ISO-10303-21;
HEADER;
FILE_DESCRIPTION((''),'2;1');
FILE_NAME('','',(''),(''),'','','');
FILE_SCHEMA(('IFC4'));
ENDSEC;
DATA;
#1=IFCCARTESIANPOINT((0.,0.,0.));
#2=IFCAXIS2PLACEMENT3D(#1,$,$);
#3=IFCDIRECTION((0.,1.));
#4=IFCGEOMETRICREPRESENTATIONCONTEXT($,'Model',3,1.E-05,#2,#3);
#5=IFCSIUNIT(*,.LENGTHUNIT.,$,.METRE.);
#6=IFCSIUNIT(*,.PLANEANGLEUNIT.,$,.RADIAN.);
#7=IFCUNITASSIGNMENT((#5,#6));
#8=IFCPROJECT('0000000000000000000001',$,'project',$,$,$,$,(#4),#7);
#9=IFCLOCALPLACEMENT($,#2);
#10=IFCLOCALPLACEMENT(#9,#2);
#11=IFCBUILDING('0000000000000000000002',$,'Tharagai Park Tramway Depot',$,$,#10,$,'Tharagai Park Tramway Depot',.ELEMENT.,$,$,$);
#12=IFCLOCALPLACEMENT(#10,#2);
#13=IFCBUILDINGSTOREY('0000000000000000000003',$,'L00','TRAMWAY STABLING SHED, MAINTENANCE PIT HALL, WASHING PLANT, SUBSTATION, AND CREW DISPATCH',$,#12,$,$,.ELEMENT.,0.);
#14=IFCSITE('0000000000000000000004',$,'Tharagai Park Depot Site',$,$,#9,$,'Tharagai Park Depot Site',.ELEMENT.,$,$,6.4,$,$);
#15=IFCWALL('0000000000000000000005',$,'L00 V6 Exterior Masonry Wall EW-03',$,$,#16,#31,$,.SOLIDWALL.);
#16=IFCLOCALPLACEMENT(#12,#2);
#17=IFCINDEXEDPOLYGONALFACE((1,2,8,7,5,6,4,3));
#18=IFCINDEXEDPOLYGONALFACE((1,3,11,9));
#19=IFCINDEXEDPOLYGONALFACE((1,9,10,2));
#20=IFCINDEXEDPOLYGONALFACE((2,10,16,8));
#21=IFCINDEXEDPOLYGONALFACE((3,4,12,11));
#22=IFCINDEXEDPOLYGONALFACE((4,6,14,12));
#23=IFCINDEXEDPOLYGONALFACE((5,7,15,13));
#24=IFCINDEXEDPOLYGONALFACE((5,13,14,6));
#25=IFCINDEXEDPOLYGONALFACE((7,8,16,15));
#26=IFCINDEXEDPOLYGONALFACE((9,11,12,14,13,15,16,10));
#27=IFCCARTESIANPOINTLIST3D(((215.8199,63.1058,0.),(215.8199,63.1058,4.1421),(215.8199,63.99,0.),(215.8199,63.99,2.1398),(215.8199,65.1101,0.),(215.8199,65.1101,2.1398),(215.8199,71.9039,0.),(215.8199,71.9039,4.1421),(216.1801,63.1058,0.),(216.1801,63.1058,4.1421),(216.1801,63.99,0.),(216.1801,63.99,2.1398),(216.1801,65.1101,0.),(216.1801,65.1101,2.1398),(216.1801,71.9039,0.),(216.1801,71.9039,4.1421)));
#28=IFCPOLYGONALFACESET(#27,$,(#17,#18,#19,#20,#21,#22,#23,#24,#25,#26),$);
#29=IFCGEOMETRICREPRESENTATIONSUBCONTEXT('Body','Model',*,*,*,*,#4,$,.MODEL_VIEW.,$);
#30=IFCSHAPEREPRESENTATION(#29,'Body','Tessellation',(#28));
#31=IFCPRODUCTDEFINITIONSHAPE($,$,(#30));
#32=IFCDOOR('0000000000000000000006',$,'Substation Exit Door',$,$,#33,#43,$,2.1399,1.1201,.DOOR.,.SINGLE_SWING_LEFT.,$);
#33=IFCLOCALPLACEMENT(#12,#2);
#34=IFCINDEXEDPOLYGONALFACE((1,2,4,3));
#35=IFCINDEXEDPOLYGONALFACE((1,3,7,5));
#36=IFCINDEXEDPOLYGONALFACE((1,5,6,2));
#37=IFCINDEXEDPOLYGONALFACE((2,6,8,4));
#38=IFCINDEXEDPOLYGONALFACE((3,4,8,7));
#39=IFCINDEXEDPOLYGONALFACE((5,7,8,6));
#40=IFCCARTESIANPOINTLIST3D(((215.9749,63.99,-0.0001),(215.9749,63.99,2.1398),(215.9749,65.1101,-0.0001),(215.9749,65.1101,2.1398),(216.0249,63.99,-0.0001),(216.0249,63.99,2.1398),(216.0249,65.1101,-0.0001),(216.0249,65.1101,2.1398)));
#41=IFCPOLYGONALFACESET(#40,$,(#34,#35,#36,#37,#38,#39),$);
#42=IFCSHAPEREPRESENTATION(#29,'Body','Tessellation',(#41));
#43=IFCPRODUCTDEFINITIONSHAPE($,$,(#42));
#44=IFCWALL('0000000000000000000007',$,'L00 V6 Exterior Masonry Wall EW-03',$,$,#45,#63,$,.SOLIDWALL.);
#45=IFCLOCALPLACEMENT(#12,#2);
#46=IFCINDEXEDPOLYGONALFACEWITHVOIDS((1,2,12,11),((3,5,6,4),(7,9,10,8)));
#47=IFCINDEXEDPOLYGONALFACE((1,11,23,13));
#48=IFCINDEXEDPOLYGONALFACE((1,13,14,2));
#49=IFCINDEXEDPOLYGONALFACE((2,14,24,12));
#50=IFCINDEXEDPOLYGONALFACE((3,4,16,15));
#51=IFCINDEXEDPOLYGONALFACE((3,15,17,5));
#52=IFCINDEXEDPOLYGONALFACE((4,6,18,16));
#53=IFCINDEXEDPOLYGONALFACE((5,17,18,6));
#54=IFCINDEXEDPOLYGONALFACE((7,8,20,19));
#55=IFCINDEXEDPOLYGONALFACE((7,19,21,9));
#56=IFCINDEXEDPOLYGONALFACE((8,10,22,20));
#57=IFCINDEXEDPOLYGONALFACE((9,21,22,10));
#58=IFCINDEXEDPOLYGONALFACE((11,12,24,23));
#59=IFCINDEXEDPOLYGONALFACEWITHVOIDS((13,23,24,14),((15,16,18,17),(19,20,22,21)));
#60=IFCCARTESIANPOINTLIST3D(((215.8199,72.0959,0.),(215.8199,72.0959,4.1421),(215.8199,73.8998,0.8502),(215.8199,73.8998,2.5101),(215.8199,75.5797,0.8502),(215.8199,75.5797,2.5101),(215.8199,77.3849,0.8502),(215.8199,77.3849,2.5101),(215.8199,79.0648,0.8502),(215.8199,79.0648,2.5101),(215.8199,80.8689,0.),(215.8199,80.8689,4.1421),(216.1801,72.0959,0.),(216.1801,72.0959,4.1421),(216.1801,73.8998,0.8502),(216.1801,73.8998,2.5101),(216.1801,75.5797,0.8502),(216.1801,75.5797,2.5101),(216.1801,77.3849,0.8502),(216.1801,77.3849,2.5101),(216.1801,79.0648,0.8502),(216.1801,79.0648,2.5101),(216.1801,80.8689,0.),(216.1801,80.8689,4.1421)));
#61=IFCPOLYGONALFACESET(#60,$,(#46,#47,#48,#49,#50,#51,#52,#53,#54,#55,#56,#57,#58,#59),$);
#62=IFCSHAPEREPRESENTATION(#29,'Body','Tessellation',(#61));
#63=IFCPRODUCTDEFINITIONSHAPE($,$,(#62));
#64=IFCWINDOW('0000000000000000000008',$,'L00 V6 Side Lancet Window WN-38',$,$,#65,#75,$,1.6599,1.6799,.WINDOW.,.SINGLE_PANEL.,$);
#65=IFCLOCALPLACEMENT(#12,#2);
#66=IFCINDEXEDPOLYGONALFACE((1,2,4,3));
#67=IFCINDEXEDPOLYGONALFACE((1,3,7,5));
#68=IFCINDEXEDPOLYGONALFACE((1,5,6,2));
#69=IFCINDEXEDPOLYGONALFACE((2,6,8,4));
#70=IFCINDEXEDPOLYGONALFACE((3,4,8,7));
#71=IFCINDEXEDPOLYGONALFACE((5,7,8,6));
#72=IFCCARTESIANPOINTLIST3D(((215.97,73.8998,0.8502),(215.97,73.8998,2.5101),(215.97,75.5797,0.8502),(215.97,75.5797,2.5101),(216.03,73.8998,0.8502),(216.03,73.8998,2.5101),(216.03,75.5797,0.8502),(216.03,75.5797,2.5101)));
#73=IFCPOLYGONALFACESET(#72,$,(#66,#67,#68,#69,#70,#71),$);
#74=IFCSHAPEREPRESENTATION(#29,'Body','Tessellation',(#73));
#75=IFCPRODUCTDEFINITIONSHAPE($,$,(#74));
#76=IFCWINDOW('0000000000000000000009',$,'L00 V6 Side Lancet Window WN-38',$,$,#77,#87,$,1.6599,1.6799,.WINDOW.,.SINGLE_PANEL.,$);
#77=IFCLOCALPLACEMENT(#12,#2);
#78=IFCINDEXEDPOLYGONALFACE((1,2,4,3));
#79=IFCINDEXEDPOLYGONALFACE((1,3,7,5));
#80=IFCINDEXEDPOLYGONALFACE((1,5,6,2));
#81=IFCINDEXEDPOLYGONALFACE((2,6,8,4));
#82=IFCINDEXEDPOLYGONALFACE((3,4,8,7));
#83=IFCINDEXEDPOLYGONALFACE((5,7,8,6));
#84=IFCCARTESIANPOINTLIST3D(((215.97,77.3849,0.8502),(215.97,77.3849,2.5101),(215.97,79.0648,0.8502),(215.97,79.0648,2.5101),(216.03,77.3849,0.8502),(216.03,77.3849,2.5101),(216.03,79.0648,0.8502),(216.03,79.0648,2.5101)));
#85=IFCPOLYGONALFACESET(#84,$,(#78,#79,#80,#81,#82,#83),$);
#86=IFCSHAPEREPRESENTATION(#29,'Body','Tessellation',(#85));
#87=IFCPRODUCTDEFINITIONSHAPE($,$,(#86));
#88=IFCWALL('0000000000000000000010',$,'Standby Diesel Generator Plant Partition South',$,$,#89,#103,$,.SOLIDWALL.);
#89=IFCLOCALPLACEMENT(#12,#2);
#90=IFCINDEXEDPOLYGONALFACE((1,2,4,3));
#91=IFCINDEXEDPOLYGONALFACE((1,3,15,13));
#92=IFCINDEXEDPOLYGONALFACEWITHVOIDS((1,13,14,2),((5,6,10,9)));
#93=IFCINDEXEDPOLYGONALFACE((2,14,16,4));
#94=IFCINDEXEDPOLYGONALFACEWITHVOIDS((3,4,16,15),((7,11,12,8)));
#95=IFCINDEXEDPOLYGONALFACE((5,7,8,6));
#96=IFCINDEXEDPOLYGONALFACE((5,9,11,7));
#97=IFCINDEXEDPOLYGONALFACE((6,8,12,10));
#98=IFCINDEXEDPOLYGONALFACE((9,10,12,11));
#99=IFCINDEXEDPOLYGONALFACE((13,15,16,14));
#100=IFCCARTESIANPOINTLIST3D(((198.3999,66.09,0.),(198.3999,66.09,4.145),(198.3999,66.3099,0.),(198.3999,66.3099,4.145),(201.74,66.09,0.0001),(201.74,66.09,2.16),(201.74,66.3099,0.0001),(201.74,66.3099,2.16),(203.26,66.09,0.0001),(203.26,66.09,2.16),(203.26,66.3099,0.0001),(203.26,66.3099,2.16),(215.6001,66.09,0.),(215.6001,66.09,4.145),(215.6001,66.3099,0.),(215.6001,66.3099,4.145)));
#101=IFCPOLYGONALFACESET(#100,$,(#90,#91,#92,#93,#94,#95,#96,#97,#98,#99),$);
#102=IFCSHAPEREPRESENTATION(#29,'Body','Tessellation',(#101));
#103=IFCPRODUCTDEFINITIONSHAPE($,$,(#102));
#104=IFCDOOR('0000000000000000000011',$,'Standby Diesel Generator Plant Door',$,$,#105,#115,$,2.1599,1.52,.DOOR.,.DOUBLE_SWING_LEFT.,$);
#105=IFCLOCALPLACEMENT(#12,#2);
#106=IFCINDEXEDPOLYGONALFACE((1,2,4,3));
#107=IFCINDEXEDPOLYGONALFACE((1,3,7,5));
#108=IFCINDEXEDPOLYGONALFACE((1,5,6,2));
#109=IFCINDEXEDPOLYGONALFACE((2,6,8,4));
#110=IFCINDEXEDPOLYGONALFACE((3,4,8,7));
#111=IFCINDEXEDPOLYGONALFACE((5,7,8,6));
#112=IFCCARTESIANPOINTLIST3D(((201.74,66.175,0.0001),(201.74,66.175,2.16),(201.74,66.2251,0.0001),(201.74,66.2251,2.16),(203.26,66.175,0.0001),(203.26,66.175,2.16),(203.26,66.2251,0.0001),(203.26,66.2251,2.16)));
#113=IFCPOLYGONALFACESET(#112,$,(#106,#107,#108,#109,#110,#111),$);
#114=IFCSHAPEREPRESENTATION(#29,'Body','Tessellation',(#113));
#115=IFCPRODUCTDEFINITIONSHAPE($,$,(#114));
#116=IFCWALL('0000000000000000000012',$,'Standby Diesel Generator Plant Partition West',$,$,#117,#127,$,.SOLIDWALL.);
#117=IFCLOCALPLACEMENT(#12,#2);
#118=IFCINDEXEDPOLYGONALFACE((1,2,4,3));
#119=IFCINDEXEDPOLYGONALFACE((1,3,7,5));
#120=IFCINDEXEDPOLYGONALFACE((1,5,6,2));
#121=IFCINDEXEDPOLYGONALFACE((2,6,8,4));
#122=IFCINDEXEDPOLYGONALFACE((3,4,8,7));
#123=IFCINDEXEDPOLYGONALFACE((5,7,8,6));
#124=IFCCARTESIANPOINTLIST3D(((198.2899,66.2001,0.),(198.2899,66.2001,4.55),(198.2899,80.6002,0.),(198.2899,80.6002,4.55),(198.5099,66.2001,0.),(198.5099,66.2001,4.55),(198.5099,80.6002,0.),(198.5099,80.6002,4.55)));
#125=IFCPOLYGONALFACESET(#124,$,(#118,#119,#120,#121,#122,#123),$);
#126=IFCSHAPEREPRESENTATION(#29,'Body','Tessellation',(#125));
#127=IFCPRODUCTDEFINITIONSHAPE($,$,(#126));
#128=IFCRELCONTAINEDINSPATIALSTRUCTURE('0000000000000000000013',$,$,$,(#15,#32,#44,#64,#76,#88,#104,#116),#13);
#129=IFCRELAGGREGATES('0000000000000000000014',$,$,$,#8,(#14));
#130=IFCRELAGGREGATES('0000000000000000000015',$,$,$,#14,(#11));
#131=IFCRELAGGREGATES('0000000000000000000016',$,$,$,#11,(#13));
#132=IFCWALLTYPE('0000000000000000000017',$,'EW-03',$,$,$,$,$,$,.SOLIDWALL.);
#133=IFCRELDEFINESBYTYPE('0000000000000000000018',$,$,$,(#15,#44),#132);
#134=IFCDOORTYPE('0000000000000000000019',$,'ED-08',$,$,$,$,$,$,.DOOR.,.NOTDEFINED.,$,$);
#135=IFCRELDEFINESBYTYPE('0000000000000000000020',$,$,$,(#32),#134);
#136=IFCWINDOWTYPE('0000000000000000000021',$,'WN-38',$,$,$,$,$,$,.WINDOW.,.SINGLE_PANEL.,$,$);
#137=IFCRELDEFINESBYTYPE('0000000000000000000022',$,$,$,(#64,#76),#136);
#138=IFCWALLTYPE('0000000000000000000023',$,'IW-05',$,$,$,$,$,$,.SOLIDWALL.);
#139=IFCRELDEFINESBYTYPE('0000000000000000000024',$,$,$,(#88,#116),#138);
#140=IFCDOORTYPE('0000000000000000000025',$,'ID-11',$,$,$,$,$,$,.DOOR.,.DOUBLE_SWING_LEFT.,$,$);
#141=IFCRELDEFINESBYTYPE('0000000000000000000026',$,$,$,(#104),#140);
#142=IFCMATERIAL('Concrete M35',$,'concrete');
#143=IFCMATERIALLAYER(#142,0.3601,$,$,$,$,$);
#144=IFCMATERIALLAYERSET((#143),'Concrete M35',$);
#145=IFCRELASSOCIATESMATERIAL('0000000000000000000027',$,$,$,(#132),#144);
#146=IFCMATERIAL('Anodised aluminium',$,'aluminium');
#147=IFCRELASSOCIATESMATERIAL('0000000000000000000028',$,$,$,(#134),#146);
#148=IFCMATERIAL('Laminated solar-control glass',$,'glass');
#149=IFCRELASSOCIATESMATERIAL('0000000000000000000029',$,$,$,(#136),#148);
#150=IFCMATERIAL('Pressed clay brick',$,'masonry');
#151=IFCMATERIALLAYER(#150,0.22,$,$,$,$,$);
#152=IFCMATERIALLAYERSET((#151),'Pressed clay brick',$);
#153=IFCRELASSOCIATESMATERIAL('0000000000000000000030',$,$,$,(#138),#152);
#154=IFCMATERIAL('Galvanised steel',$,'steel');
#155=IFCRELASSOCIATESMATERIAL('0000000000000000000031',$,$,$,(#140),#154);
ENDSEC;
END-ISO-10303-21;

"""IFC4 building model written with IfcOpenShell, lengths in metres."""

from ifc_helpers import new_model, si_unit, direction, frame, frame_2d, origin, place, context, subcontext, project, spatial, rectangle, extrude, material, layer, layer_set, type_object, element, fill, save


model = new_model("IFC4")

# Units and contexts
model_context = context("Model", 3, precision=1e-05, world=origin(), true_north=direction((0.0, 1.0)))
body_context = subcontext(model_context, "Body", "Model", "MODEL_VIEW")
ifc_project = project(units=[si_unit("LENGTHUNIT", "METRE"), si_unit("PLANEANGLEUNIT", "RADIAN")], contexts=[model_context])

# Site, building, storey
site_placement = place(None, origin())
site = spatial("IfcSite", under=ifc_project, at=site_placement, Name="Tharagai Park Depot Site", LongName="Tharagai Park Depot Site", CompositionType="ELEMENT", RefElevation=6.4)
building_placement = place(site_placement, origin())
building = spatial("IfcBuilding", under=site, at=building_placement, Name="Tharagai Park Tramway Depot", LongName="Tharagai Park Tramway Depot", CompositionType="ELEMENT")
storey_placement = place(building_placement, origin())
storey = spatial("IfcBuildingStorey", under=building, at=storey_placement, Name="L00", Description="TRAMWAY STABLING SHED, MAINTENANCE PIT HALL, WASHING PLANT, SUBSTATION, AND CREW DISPATCH", CompositionType="ELEMENT", Elevation=0.0)

# Wall, opening, door
ifc_material_1 = material(Name="Concrete M35", Category="concrete")
ifc_layer_1 = layer(ifc_material_1, 0.3601)
ifc_layer_set_1 = layer_set([ifc_layer_1], Name="Concrete M35")
wall_type_1 = type_object("IfcWallType", Name="EW-03", PredefinedType="SOLIDWALL", material=ifc_layer_set_1)
wall_1_placement = place(storey_placement, frame((216.0, 63.106, 0.0), z_axis=(0.0, 0.0, 1.0), x_axis=(0.0, 1.0, 0.0)))
wall_1 = element("IfcWall", 1, at=wall_1_placement, inside=storey, type_object=wall_type_1, Name="L00 V6 Exterior Masonry Wall EW-03", PredefinedType="SOLIDWALL", context=body_context, shape_type="SweptSolid", body=[
    extrude(rectangle(XDim=8.7981, YDim=0.3601, at=frame_2d((4.3989, 0.0))), origin(), (0.0, 0.0, 1.0), 4.1421),
])
opening_1_placement = place(wall_1_placement, frame((0.884, 0.0, 0.0)))
opening_1 = element("IfcOpeningElement", 2, at=opening_1_placement, cuts=wall_1, PredefinedType="OPENING", context=body_context, shape_type="SweptSolid", body=[
    extrude(rectangle(XDim=1.1201, YDim=2.1399, at=frame_2d((0.5601, 1.0698))), frame((0.0, 0.1899, 0.0), z_axis=(0.0, -1.0, 0.0), x_axis=(1.0, 0.0, 0.0)), (0.0, 0.0, 1.0), 0.3801),
])
ifc_material_2 = material(Name="Anodised aluminium", Category="aluminium")
door_type_1 = type_object("IfcDoorType", Name="ED-08", OperationType="NOTDEFINED", PredefinedType="DOOR", material=ifc_material_2)
door_1_placement = place(opening_1_placement, frame((1.1201, 0.0, 0.0), z_axis=(0.0, 0.0, 1.0), x_axis=(-1.0, 0.0, 0.0)))
door_1 = element("IfcDoor", 3, at=door_1_placement, inside=storey, type_object=door_type_1, Name="Substation Exit Door", OperationType="SINGLE_SWING_LEFT", OverallHeight=2.1399, OverallWidth=1.1201, PredefinedType="DOOR", context=body_context, shape_type="SweptSolid", body=[
    extrude(rectangle(XDim=1.1201, YDim=2.1399, at=frame_2d((0.5601, 1.0698))), frame((0.0, 0.0249, 0.0), z_axis=(0.0, -1.0, 0.0), x_axis=(1.0, 0.0, 0.0)), (0.0, 0.0, 1.0), 0.05),
])
fill(opening_1, door_1)

# Wall, openings, windows
wall_2_placement = place(storey_placement, frame((216.0, 72.0959, 0.0), z_axis=(0.0, 0.0, 1.0), x_axis=(0.0, 1.0, 0.0)))
wall_2 = element("IfcWall", 4, at=wall_2_placement, inside=storey, type_object=wall_type_1, Name="L00 V6 Exterior Masonry Wall EW-03", PredefinedType="SOLIDWALL", context=body_context, shape_type="SweptSolid", body=[
    extrude(rectangle(XDim=8.7729, YDim=0.3601, at=frame_2d((4.3865, 0.0))), origin(), (0.0, 0.0, 1.0), 4.1421),
])
opening_2_placement = place(wall_2_placement, frame((1.804, 0.0, 0.8501)))
opening_2 = element("IfcOpeningElement", 5, at=opening_2_placement, cuts=wall_2, PredefinedType="OPENING", context=body_context, shape_type="SweptSolid", body=[
    extrude(rectangle(XDim=1.6799, YDim=1.6599, at=frame_2d((0.8398, 0.8301))), frame((0.0, 0.1899, 0.0), z_axis=(0.0, -1.0, 0.0), x_axis=(1.0, 0.0, 0.0)), (0.0, 0.0, 1.0), 0.3801),
])
opening_3_placement = place(wall_2_placement, frame((5.2891, 0.0, 0.8501)))
opening_3 = element("IfcOpeningElement", 6, at=opening_3_placement, cuts=wall_2, PredefinedType="OPENING", context=body_context, shape_type="SweptSolid", body=[
    extrude(rectangle(XDim=1.6799, YDim=1.6599, at=frame_2d((0.8398, 0.8301))), frame((0.0, 0.1899, 0.0), z_axis=(0.0, -1.0, 0.0), x_axis=(1.0, 0.0, 0.0)), (0.0, 0.0, 1.0), 0.3801),
])
ifc_material_3 = material(Name="Laminated solar-control glass", Category="glass")
window_type = type_object("IfcWindowType", Name="WN-38", PartitioningType="SINGLE_PANEL", PredefinedType="WINDOW", material=ifc_material_3)
window_1_placement = place(opening_2_placement, origin())
window_1 = element("IfcWindow", 7, at=window_1_placement, inside=storey, type_object=window_type, Name="L00 V6 Side Lancet Window WN-38", OverallHeight=1.6599, OverallWidth=1.6799, PartitioningType="SINGLE_PANEL", PredefinedType="WINDOW", context=body_context, shape_type="SweptSolid", body=[
    extrude(rectangle(XDim=1.6799, YDim=1.6599, at=frame_2d((0.8398, 0.8301))), frame((0.0, 0.03, 0.0), z_axis=(0.0, -1.0, 0.0), x_axis=(1.0, 0.0, 0.0)), (0.0, 0.0, 1.0), 0.0601),
])
fill(opening_2, window_1)
window_2_placement = place(opening_3_placement, origin())
window_2 = element("IfcWindow", 8, at=window_2_placement, inside=storey, type_object=window_type, Name="L00 V6 Side Lancet Window WN-38", OverallHeight=1.6599, OverallWidth=1.6799, PartitioningType="SINGLE_PANEL", PredefinedType="WINDOW", context=body_context, shape_type="SweptSolid", body=[
    extrude(rectangle(XDim=1.6799, YDim=1.6599, at=frame_2d((0.8398, 0.8301))), frame((0.0, 0.03, 0.0), z_axis=(0.0, -1.0, 0.0), x_axis=(1.0, 0.0, 0.0)), (0.0, 0.0, 1.0), 0.0601),
])
fill(opening_3, window_2)

# Wall, opening, door
ifc_material_4 = material(Name="Pressed clay brick", Category="masonry")
ifc_layer_2 = layer(ifc_material_4, 0.22)
ifc_layer_set_2 = layer_set([ifc_layer_2], Name="Pressed clay brick")
wall_type_2 = type_object("IfcWallType", Name="IW-05", PredefinedType="SOLIDWALL", material=ifc_layer_set_2)
wall_3_placement = place(storey_placement, frame((198.3999, 66.2, 0.0), z_axis=(0.0, 0.0, 1.0), x_axis=(1.0, 0.0, 0.0)))
wall_3 = element("IfcWall", 9, at=wall_3_placement, inside=storey, type_object=wall_type_2, Name="Standby Diesel Generator Plant Partition South", PredefinedType="SOLIDWALL", context=body_context, shape_type="SweptSolid", body=[
    extrude(rectangle(XDim=17.2002, YDim=0.22, at=frame_2d((8.6001, 0.0))), origin(), (0.0, 0.0, 1.0), 4.145),
])
opening_4_placement = place(wall_3_placement, frame((3.3401, 0.0, 0.0)))
opening_4 = element("IfcOpeningElement", 10, at=opening_4_placement, cuts=wall_3, PredefinedType="OPENING", context=body_context, shape_type="SweptSolid", body=[
    extrude(rectangle(XDim=1.52, YDim=2.1599, at=frame_2d((0.76, 1.0801))), frame((0.0, 0.1199, 0.0), z_axis=(0.0, -1.0, 0.0), x_axis=(1.0, 0.0, 0.0)), (0.0, 0.0, 1.0), 0.24),
])
ifc_material_5 = material(Name="Galvanised steel", Category="steel")
door_type_2 = type_object("IfcDoorType", Name="ID-11", OperationType="DOUBLE_SWING_LEFT", PredefinedType="DOOR", material=ifc_material_5)
door_2_placement = place(opening_4_placement, frame((1.52, 0.0, 0.0), z_axis=(0.0, 0.0, 1.0), x_axis=(-1.0, 0.0, 0.0)))
door_2 = element("IfcDoor", 11, at=door_2_placement, inside=storey, type_object=door_type_2, Name="Standby Diesel Generator Plant Door", OperationType="DOUBLE_SWING_LEFT", OverallHeight=2.1599, OverallWidth=1.52, PredefinedType="DOOR", context=body_context, shape_type="SweptSolid", body=[
    extrude(rectangle(XDim=1.52, YDim=2.1599, at=frame_2d((0.76, 1.0801))), frame((0.0, 0.0249, 0.0), z_axis=(0.0, -1.0, 0.0), x_axis=(1.0, 0.0, 0.0)), (0.0, 0.0, 1.0), 0.05),
])
fill(opening_4, door_2)

# Wall
wall_4_placement = place(storey_placement, frame((198.3999, 66.2, 0.0), z_axis=(0.0, 0.0, 1.0), x_axis=(0.0, 1.0, 0.0)))
element("IfcWall", 12, at=wall_4_placement, inside=storey, type_object=wall_type_2, Name="Standby Diesel Generator Plant Partition West", PredefinedType="SOLIDWALL", context=body_context, shape_type="SweptSolid", body=[
    extrude(rectangle(XDim=14.4001, YDim=0.22, at=frame_2d((7.2002, 0.0))), origin(), (0.0, 0.0, 1.0), 4.55),
])

save(model, "model.ifc")
